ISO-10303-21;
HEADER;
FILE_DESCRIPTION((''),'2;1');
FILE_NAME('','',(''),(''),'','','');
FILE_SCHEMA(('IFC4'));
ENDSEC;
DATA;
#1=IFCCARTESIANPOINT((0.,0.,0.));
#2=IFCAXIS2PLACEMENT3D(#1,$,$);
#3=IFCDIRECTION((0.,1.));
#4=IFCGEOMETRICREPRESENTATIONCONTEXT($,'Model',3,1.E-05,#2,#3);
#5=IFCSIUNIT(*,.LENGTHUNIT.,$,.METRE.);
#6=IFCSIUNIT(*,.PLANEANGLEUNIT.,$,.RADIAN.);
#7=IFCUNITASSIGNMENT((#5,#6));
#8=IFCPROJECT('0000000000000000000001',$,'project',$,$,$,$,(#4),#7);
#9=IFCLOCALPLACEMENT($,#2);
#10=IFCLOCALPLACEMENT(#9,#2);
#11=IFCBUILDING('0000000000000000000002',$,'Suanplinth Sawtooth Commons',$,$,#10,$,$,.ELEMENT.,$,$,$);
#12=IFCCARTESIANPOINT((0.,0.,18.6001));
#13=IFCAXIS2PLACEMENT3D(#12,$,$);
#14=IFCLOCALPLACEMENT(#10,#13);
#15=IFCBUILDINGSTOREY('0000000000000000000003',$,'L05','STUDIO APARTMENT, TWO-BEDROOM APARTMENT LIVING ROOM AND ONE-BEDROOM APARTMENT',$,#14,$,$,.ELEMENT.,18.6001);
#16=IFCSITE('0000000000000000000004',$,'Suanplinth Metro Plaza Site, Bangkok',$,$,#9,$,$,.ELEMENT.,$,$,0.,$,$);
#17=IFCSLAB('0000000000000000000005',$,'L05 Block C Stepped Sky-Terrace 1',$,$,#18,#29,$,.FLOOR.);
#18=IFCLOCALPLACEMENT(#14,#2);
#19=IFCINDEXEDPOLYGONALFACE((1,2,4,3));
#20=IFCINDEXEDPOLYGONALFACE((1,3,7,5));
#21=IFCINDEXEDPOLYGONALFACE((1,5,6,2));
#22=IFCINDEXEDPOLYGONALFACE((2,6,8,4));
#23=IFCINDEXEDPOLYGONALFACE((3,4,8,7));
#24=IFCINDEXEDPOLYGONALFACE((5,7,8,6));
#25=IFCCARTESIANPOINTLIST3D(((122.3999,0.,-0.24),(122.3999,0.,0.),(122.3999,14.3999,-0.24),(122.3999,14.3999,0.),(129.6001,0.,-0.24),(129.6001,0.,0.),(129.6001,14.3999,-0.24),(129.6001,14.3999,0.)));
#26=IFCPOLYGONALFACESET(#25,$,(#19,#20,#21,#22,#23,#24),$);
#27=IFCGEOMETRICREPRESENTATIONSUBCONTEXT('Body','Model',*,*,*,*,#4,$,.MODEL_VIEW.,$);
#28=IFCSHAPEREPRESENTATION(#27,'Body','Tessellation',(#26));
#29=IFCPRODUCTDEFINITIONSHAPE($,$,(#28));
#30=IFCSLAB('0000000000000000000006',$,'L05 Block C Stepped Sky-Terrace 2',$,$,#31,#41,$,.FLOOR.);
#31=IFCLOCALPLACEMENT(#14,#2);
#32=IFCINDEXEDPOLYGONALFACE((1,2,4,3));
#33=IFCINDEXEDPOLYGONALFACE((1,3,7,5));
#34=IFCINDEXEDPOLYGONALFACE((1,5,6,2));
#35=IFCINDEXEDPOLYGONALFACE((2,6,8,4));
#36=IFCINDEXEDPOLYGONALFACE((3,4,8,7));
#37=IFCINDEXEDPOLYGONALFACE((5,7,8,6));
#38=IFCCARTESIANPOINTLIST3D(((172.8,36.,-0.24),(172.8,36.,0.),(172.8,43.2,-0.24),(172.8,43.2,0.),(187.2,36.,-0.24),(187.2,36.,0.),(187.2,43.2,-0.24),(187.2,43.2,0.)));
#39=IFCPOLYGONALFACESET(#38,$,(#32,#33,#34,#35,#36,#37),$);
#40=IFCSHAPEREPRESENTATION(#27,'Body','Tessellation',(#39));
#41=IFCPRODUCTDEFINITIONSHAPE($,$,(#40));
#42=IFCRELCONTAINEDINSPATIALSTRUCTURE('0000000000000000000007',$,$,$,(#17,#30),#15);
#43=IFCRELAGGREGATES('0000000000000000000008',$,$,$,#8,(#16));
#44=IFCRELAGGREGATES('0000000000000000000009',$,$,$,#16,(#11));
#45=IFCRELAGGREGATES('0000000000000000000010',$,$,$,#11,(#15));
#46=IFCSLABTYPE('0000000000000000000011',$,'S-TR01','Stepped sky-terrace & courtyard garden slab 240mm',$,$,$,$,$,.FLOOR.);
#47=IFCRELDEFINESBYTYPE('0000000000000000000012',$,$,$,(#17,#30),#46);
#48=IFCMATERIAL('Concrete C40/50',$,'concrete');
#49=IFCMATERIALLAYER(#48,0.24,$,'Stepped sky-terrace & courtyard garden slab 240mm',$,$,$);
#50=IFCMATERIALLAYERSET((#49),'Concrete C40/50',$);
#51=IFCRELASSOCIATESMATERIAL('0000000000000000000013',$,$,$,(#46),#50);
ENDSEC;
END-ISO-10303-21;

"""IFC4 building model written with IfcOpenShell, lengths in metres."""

from ifc_helpers import new_model, si_unit, direction, frame, origin, place, context, subcontext, project, spatial, polyline, outline, extrude, material, layer, layer_set, type_object, element, save


model = new_model("IFC4")

# Units and contexts
model_context = context("Model", 3, precision=1e-05, world=origin(), true_north=direction((0.0, 1.0)))
body_context = subcontext(model_context, "Body", "Model", "MODEL_VIEW")
ifc_project = project(units=[si_unit("LENGTHUNIT", "METRE"), si_unit("PLANEANGLEUNIT", "RADIAN")], contexts=[model_context])

# Site, building, storey
site_placement = place(None, origin())
site = spatial("IfcSite", under=ifc_project, at=site_placement, Name="Suanplinth Metro Plaza Site, Bangkok", CompositionType="ELEMENT", RefElevation=0.0)
building_placement = place(site_placement, origin())
building = spatial("IfcBuilding", under=site, at=building_placement, Name="Suanplinth Sawtooth Commons", CompositionType="ELEMENT")
storey_placement = place(building_placement, frame((0.0, 0.0, 18.6001)))
storey = spatial("IfcBuildingStorey", under=building, at=storey_placement, Name="L05", Description="STUDIO APARTMENT, TWO-BEDROOM APARTMENT LIVING ROOM AND ONE-BEDROOM APARTMENT", CompositionType="ELEMENT", Elevation=18.6001)

# Slabs
ifc_material_1 = material(Name="Concrete C40/50", Category="concrete")
ifc_layer_1 = layer(ifc_material_1, 0.24, Name="Stepped sky-terrace & courtyard garden slab 240mm")
ifc_layer_set_1 = layer_set([ifc_layer_1], Name="Concrete C40/50")
slab_type_1 = type_object("IfcSlabType", Name="S-TR01", Description="Stepped sky-terrace & courtyard garden slab 240mm", PredefinedType="FLOOR", material=ifc_layer_set_1)
slab_1_placement = place(storey_placement, frame((0.0, 0.0, -0.24)))
element("IfcSlab", 1, at=slab_1_placement, inside=storey, type_object=slab_type_1, Name="L05 Block C Stepped Sky-Terrace 1", PredefinedType="FLOOR", context=body_context, shape_type="SweptSolid", body=[
    extrude(outline(polyline([(122.3999, 0.0), (122.3999, 14.3999), (129.6001, 14.3999), (129.6001, 0.0), (122.3999, 0.0)])), origin(), (0.0, 0.0, 1.0), 0.24),
])
slab_2_placement = place(storey_placement, frame((0.0, 0.0, -0.24)))
element("IfcSlab", 2, at=slab_2_placement, inside=storey, type_object=slab_type_1, Name="L05 Block C Stepped Sky-Terrace 2", PredefinedType="FLOOR", context=body_context, shape_type="SweptSolid", body=[
    extrude(outline(polyline([(172.8, 43.2), (187.2, 43.2), (187.2, 36.0), (172.8, 36.0), (172.8, 43.2)])), origin(), (0.0, 0.0, 1.0), 0.24),
])

save(model, "model.ifc")
